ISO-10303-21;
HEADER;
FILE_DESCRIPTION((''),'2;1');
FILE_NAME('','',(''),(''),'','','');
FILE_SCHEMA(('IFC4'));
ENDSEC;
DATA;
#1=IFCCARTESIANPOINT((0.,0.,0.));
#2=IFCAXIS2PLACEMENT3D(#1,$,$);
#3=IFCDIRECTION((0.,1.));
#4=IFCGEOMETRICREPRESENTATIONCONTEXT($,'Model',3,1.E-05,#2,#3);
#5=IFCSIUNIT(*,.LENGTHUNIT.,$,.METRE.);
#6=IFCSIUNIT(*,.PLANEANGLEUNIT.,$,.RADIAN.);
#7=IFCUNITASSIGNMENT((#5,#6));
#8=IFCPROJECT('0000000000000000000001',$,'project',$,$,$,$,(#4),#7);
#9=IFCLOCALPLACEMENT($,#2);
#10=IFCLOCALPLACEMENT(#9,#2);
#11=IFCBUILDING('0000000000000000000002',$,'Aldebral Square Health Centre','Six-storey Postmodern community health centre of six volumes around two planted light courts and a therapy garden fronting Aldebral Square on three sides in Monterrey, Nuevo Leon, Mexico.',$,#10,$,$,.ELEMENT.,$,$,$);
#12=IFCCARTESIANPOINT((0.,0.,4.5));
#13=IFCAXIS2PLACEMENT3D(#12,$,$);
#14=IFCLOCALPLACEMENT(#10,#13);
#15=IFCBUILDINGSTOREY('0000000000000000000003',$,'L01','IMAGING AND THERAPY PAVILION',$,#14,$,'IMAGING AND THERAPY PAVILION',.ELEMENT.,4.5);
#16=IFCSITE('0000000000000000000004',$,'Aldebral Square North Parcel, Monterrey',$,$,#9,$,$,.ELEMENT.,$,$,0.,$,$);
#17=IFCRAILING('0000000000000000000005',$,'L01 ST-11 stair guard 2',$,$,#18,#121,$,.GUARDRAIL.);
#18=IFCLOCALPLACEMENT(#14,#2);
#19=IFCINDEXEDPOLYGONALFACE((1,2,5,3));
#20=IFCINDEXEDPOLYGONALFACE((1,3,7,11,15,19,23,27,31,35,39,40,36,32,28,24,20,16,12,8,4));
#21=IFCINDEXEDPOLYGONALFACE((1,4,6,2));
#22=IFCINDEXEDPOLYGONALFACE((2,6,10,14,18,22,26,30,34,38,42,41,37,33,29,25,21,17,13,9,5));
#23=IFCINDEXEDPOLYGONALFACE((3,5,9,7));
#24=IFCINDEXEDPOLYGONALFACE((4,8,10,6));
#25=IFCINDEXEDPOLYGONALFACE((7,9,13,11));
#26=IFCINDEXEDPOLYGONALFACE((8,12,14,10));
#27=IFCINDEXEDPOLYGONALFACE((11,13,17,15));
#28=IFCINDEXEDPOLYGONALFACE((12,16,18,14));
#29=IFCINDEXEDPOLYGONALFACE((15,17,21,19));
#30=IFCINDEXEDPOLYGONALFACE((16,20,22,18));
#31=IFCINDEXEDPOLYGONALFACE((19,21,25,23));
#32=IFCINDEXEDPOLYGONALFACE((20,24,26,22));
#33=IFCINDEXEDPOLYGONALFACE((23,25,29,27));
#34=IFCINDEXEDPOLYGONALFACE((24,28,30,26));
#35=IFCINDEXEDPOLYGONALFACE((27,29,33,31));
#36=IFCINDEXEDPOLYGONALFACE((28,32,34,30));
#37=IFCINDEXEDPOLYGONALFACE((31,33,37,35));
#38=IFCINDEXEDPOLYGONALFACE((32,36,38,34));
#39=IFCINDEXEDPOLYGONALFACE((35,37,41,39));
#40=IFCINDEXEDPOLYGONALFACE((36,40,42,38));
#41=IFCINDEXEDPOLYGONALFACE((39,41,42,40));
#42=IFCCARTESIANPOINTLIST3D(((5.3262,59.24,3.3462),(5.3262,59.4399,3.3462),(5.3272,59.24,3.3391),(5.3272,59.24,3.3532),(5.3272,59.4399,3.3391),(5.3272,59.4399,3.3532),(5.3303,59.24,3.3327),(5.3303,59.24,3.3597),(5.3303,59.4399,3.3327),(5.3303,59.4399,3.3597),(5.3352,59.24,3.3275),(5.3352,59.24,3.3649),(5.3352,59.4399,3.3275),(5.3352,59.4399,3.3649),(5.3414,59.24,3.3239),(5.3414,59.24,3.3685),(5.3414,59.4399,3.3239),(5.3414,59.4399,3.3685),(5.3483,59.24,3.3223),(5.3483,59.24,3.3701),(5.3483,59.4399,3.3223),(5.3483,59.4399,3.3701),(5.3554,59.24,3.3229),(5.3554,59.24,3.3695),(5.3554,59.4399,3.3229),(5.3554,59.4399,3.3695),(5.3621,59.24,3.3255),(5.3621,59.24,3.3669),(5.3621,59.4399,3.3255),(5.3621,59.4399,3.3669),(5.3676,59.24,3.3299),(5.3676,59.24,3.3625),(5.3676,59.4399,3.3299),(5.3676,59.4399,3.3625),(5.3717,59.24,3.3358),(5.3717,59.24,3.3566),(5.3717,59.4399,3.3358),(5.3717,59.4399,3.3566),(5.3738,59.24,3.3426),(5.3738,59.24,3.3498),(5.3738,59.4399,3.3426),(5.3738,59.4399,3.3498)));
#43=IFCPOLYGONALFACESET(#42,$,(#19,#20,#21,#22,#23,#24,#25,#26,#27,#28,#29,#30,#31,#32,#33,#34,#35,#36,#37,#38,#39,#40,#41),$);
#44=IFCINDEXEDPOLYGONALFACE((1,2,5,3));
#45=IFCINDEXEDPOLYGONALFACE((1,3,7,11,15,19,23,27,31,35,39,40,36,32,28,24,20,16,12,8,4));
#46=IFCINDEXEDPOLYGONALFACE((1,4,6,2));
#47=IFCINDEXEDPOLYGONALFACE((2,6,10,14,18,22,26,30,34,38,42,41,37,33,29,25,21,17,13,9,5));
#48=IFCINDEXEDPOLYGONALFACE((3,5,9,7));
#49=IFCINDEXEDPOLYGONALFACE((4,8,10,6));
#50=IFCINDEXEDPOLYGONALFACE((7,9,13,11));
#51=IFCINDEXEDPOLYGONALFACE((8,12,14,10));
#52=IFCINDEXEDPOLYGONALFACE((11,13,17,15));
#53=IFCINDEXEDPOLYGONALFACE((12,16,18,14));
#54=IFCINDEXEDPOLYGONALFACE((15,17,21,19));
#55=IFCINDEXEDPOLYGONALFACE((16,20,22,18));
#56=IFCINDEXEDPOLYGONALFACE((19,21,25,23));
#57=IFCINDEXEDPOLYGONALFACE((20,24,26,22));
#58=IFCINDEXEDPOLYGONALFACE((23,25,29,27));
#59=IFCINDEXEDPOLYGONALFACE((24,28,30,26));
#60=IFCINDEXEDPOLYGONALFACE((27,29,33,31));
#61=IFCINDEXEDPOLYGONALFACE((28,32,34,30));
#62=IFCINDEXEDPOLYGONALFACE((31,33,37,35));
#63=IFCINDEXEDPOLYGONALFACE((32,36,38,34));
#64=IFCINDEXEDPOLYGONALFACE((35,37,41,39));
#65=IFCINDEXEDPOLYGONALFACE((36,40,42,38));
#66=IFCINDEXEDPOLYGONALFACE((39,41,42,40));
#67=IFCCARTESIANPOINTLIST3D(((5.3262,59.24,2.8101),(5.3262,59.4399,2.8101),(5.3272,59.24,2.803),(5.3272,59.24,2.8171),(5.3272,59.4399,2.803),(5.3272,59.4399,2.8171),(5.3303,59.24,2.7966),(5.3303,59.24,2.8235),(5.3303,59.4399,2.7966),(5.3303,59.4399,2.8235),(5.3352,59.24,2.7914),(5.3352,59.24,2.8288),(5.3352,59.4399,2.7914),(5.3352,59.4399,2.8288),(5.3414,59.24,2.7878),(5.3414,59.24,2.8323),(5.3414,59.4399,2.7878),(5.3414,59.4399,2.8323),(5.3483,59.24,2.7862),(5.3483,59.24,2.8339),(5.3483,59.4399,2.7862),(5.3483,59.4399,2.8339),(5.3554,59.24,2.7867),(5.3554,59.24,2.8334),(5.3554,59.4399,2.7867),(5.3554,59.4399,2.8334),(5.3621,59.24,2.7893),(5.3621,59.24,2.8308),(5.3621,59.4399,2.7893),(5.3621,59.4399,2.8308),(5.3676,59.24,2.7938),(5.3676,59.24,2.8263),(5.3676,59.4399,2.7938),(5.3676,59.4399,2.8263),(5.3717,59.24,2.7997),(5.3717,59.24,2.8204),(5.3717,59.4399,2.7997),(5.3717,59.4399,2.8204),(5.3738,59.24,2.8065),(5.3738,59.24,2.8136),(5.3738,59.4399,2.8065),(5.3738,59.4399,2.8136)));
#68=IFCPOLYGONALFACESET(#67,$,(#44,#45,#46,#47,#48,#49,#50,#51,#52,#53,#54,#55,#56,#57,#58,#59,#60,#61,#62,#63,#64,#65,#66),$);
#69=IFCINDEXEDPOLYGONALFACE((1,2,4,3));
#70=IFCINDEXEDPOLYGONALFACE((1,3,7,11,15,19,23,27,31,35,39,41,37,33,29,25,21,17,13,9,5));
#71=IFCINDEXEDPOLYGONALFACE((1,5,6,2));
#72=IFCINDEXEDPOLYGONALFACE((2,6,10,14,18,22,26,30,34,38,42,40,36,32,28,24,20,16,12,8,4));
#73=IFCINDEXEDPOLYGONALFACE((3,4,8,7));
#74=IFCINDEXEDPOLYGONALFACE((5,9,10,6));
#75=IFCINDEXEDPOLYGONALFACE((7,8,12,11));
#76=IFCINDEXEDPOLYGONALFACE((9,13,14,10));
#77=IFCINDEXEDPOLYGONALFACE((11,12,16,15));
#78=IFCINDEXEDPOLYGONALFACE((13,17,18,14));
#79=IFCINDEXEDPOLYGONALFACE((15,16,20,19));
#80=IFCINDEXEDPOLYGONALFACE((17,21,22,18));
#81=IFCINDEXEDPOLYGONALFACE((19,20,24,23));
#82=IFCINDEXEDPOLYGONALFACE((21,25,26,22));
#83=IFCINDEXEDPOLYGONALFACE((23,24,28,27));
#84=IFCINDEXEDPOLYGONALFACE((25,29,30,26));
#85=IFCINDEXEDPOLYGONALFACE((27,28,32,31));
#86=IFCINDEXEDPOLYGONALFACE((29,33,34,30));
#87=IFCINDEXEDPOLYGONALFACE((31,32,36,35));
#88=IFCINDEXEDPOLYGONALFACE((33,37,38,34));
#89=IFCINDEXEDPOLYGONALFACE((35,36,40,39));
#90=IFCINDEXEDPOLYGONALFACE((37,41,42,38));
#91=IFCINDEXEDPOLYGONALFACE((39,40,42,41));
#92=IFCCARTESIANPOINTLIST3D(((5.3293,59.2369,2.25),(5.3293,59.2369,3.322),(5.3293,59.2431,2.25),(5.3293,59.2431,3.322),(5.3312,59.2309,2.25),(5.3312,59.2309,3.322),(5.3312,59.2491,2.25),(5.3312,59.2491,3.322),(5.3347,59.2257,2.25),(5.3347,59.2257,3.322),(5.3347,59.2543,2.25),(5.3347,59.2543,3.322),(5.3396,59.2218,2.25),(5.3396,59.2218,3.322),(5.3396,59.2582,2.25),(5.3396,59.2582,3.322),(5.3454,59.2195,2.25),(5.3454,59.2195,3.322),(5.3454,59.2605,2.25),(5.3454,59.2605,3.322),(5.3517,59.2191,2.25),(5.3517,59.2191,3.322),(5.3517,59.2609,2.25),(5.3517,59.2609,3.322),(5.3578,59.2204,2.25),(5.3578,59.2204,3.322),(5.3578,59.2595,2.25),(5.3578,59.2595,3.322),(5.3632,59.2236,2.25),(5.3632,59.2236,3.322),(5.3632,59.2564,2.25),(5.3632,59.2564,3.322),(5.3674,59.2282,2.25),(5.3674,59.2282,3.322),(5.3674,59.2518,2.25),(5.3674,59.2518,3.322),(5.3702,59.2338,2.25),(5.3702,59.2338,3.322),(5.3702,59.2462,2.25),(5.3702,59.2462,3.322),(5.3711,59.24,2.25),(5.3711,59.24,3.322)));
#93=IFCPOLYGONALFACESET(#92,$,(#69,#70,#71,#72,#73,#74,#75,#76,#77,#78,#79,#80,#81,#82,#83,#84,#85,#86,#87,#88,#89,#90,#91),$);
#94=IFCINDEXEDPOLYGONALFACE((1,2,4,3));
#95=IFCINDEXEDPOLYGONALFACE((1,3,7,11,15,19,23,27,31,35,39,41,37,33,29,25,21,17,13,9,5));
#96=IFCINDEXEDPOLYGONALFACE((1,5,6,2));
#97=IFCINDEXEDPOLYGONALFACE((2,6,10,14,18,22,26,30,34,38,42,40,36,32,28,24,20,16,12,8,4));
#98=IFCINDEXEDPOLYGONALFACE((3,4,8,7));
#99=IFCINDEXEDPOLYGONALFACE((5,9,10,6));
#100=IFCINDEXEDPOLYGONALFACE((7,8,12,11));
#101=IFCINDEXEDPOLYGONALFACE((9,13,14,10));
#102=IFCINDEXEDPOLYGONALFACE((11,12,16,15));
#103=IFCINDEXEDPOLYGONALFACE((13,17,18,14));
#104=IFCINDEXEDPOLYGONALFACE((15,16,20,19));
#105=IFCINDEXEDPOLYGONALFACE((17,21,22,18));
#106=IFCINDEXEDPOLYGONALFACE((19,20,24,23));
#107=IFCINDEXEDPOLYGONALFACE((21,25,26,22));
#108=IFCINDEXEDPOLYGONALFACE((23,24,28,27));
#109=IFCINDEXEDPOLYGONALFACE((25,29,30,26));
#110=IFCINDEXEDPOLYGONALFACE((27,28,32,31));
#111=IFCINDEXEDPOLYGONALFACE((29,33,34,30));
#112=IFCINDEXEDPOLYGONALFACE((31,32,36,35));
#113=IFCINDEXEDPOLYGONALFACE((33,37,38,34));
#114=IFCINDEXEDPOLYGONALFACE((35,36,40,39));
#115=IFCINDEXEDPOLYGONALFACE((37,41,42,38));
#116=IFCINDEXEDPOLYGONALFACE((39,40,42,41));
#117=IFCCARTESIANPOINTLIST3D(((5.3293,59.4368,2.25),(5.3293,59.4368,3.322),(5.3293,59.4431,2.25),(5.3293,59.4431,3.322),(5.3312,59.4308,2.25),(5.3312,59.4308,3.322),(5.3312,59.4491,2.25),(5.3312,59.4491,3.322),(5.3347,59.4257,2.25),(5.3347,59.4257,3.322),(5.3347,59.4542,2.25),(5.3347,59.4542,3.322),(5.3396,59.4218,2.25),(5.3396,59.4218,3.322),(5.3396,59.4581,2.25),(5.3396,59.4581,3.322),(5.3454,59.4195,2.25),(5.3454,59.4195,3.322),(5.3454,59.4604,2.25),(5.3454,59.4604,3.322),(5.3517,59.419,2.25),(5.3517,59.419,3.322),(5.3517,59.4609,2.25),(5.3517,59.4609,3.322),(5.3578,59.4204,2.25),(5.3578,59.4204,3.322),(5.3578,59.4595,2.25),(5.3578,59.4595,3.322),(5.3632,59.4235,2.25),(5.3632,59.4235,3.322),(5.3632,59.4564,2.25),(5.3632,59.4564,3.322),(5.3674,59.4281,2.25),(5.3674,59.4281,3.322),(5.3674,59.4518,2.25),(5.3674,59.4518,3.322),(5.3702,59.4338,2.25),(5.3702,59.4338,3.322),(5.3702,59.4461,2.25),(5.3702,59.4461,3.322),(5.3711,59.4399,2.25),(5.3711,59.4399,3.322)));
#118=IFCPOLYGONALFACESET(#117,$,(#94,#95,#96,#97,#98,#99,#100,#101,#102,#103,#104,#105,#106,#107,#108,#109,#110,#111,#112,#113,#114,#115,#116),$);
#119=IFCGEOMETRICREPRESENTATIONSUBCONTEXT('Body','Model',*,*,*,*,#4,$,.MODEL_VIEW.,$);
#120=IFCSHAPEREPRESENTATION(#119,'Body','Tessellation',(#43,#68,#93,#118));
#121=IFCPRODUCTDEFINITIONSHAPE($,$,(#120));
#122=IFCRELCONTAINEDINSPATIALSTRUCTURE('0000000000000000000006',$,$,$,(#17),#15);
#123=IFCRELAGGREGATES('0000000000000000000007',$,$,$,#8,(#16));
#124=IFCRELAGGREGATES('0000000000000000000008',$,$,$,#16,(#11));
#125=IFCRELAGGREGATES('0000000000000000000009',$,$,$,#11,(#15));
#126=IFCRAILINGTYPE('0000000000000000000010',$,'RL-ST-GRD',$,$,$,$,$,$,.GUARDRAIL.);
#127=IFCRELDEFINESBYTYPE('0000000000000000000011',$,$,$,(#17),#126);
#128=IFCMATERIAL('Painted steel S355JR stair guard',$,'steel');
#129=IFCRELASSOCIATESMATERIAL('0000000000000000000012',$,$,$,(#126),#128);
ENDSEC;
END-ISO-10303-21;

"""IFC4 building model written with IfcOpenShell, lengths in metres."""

from ifc_helpers import new_model, si_unit, direction, frame, origin, origin_2d, place, context, subcontext, project, spatial, circle, extrude, material, type_object, element, save


model = new_model("IFC4")

# Units and contexts
model_context = context("Model", 3, precision=1e-05, world=origin(), true_north=direction((0.0, 1.0)))
body_context = subcontext(model_context, "Body", "Model", "MODEL_VIEW")
ifc_project = project(units=[si_unit("LENGTHUNIT", "METRE"), si_unit("PLANEANGLEUNIT", "RADIAN")], contexts=[model_context])

# Site, building, storey
site_placement = place(None, origin())
site = spatial("IfcSite", under=ifc_project, at=site_placement, Name="Aldebral Square North Parcel, Monterrey", CompositionType="ELEMENT", RefElevation=0.0)
building_placement = place(site_placement, origin())
building = spatial("IfcBuilding", under=site, at=building_placement, Name="Aldebral Square Health Centre", Description="Six-storey Postmodern community health centre of six volumes around two planted light courts and a therapy garden fronting Aldebral Square on three sides in Monterrey, Nuevo Leon, Mexico.", CompositionType="ELEMENT")
storey_placement = place(building_placement, frame((0.0, 0.0, 4.5)))
storey = spatial("IfcBuildingStorey", under=building, at=storey_placement, Name="L01", Description="IMAGING AND THERAPY PAVILION", LongName="IMAGING AND THERAPY PAVILION", CompositionType="ELEMENT", Elevation=4.5)

# Railing
ifc_material_1 = material(Name="Painted steel S355JR stair guard", Category="steel")
railing_type_1 = type_object("IfcRailingType", Name="RL-ST-GRD", PredefinedType="GUARDRAIL", material=ifc_material_1)
railing_1_placement = place(storey_placement, frame((5.3501, 59.24, 2.25)))
element("IfcRailing", 1, at=railing_1_placement, inside=storey, type_object=railing_type_1, Name="L01 ST-11 stair guard 2", PredefinedType="GUARDRAIL", context=body_context, shape_type="SweptSolid", body=[
    extrude(circle(Radius=0.0239, at=origin_2d()), frame((0.0, 0.0, 1.0962), z_axis=(0.0, 1.0, 0.0), x_axis=(-1.0, 0.0, 0.0)), (0.0, 0.0, 1.0), 0.2),
    extrude(circle(Radius=0.0239, at=origin_2d()), frame((0.0, 0.0, 0.5601), z_axis=(0.0, 1.0, 0.0), x_axis=(-1.0, 0.0, 0.0)), (0.0, 0.0, 1.0), 0.2),
    extrude(circle(Radius=0.021, at=origin_2d()), origin(), (0.0, 0.0, 1.0), 1.072),
    extrude(circle(Radius=0.021, at=origin_2d()), frame((0.0, 0.2, 0.0)), (0.0, 0.0, 1.0), 1.072),
])

save(model, "model.ifc")
